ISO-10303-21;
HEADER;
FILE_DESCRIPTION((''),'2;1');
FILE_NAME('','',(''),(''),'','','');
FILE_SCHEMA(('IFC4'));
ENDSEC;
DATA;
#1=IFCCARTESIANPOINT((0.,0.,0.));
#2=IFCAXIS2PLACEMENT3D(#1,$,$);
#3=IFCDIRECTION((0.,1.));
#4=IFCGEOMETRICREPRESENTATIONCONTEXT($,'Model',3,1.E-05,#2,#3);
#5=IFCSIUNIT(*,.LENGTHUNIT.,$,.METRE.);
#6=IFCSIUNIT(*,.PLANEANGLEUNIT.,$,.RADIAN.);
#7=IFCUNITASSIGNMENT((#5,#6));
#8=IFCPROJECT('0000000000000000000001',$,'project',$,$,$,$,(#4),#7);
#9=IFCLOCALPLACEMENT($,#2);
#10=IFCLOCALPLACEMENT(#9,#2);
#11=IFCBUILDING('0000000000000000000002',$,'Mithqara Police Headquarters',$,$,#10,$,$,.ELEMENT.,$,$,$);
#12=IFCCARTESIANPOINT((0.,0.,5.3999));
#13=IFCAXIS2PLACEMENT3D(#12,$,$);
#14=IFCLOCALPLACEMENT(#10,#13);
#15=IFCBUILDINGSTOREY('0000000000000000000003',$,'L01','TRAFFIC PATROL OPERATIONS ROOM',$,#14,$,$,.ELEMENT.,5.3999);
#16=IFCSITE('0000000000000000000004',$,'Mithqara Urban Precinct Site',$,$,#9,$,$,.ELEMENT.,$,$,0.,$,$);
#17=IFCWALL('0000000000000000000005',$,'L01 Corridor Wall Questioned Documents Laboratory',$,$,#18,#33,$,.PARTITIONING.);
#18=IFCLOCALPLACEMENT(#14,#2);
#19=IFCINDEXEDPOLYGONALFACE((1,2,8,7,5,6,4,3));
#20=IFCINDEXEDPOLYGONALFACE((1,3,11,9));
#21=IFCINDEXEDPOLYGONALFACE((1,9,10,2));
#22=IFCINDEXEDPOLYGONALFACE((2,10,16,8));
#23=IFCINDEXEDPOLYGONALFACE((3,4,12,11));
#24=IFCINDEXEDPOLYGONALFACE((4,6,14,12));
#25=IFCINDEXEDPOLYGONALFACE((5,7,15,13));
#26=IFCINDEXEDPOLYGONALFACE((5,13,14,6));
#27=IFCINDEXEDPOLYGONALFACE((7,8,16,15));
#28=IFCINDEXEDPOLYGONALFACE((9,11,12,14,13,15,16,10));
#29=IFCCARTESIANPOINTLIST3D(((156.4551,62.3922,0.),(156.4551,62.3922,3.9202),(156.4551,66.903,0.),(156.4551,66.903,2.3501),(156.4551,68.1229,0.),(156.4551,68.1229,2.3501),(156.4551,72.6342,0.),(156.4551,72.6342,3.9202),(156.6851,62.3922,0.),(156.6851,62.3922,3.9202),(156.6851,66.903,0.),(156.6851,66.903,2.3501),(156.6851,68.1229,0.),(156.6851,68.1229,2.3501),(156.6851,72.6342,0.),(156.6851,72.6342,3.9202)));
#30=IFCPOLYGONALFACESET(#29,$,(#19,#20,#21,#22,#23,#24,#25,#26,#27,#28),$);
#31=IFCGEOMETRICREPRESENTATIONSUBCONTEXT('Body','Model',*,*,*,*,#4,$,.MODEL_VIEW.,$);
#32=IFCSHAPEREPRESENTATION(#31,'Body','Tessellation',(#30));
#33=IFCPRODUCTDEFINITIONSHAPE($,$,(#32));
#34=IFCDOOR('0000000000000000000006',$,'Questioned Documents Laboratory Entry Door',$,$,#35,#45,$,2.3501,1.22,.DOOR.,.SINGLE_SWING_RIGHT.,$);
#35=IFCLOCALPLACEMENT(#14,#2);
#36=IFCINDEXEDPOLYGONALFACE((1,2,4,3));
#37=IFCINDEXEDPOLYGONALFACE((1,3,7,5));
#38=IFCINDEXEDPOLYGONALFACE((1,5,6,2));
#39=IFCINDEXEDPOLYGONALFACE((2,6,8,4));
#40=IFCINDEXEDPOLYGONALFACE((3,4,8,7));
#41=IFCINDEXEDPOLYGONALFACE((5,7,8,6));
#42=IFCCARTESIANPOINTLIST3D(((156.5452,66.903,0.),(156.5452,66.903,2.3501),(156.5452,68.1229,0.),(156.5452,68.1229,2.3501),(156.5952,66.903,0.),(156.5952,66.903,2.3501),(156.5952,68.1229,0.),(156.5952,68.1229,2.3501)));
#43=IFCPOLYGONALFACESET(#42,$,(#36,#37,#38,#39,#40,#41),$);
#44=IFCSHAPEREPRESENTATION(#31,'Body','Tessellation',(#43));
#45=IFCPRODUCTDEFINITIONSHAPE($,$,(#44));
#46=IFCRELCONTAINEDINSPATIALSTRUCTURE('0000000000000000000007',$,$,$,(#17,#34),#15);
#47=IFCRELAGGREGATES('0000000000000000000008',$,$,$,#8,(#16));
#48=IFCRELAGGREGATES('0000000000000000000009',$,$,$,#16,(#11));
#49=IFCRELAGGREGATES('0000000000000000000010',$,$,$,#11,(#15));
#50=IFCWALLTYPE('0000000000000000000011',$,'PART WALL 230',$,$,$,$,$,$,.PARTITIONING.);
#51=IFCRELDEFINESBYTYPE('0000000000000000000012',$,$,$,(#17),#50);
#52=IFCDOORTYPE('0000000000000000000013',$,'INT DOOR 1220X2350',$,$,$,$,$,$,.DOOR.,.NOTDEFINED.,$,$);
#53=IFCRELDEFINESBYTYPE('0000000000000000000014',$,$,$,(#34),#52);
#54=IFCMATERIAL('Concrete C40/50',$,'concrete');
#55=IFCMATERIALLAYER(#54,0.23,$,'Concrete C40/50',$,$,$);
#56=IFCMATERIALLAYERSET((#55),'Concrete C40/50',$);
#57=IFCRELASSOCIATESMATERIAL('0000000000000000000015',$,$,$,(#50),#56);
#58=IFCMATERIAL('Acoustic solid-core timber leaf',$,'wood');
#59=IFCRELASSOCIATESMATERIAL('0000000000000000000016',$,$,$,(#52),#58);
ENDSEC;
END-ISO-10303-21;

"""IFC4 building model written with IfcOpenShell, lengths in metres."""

from ifc_helpers import new_model, si_unit, direction, frame, frame_2d, origin, place, context, subcontext, project, spatial, rectangle, extrude, material, layer, layer_set, type_object, element, fill, save


model = new_model("IFC4")

# Units and contexts
model_context = context("Model", 3, precision=1e-05, world=origin(), true_north=direction((0.0, 1.0)))
body_context = subcontext(model_context, "Body", "Model", "MODEL_VIEW")
ifc_project = project(units=[si_unit("LENGTHUNIT", "METRE"), si_unit("PLANEANGLEUNIT", "RADIAN")], contexts=[model_context])

# Site, building, storey
site_placement = place(None, origin())
site = spatial("IfcSite", under=ifc_project, at=site_placement, Name="Mithqara Urban Precinct Site", CompositionType="ELEMENT", RefElevation=0.0)
building_placement = place(site_placement, origin())
building = spatial("IfcBuilding", under=site, at=building_placement, Name="Mithqara Police Headquarters", CompositionType="ELEMENT")
storey_placement = place(building_placement, frame((0.0, 0.0, 5.3999)))
storey = spatial("IfcBuildingStorey", under=building, at=storey_placement, Name="L01", Description="TRAFFIC PATROL OPERATIONS ROOM", CompositionType="ELEMENT", Elevation=5.3999)

# Shared definitions
ifc_material_1 = material(Name="Concrete C40/50", Category="concrete")

# Shared definitions
ifc_layer_1 = layer(ifc_material_1, 0.23, Name="Concrete C40/50")
ifc_layer_set_1 = layer_set([ifc_layer_1], Name="Concrete C40/50")
wall_type = type_object("IfcWallType", Name="PART WALL 230", PredefinedType="PARTITIONING", material=ifc_layer_set_1)

# Wall, opening, door
wall_1_placement = place(storey_placement, frame((156.5701, 62.3921, 0.0), z_axis=(0.0, 0.0, 1.0), x_axis=(0.0, 1.0, 0.0)))
wall_1 = element("IfcWall", 1, at=wall_1_placement, inside=storey, type_object=wall_type, Name="L01 Corridor Wall Questioned Documents Laboratory", PredefinedType="PARTITIONING", context=body_context, shape_type="SweptSolid", body=[
    extrude(rectangle(XDim=10.2419, YDim=0.23, at=frame_2d((5.1211, 0.0))), origin(), (0.0, 0.0, 1.0), 3.9202),
])
opening_placement = place(wall_1_placement, frame((4.511, 0.0, 0.0)))
opening = element("IfcOpeningElement", 2, at=opening_placement, cuts=wall_1, PredefinedType="OPENING", context=body_context, shape_type="SweptSolid", body=[
    extrude(rectangle(XDim=1.22, YDim=2.3501, at=frame_2d((0.6099, 1.175))), frame((0.0, 0.125, 0.0), z_axis=(0.0, -1.0, 0.0), x_axis=(1.0, 0.0, 0.0)), (0.0, 0.0, 1.0), 0.25),
])
ifc_material_2 = material(Name="Acoustic solid-core timber leaf", Category="wood")
door_type = type_object("IfcDoorType", Name="INT DOOR 1220X2350", OperationType="NOTDEFINED", PredefinedType="DOOR", material=ifc_material_2)
door_placement = place(opening_placement, origin())
door = element("IfcDoor", 3, at=door_placement, inside=storey, type_object=door_type, Name="Questioned Documents Laboratory Entry Door", OperationType="SINGLE_SWING_RIGHT", OverallHeight=2.3501, OverallWidth=1.22, PredefinedType="DOOR", context=body_context, shape_type="SweptSolid", body=[
    extrude(rectangle(XDim=1.22, YDim=2.3501, at=frame_2d((0.6099, 1.175))), frame((0.0, 0.0249, 0.0), z_axis=(0.0, -1.0, 0.0), x_axis=(1.0, 0.0, 0.0)), (0.0, 0.0, 1.0), 0.05),
])
fill(opening, door)

save(model, "model.ifc")
